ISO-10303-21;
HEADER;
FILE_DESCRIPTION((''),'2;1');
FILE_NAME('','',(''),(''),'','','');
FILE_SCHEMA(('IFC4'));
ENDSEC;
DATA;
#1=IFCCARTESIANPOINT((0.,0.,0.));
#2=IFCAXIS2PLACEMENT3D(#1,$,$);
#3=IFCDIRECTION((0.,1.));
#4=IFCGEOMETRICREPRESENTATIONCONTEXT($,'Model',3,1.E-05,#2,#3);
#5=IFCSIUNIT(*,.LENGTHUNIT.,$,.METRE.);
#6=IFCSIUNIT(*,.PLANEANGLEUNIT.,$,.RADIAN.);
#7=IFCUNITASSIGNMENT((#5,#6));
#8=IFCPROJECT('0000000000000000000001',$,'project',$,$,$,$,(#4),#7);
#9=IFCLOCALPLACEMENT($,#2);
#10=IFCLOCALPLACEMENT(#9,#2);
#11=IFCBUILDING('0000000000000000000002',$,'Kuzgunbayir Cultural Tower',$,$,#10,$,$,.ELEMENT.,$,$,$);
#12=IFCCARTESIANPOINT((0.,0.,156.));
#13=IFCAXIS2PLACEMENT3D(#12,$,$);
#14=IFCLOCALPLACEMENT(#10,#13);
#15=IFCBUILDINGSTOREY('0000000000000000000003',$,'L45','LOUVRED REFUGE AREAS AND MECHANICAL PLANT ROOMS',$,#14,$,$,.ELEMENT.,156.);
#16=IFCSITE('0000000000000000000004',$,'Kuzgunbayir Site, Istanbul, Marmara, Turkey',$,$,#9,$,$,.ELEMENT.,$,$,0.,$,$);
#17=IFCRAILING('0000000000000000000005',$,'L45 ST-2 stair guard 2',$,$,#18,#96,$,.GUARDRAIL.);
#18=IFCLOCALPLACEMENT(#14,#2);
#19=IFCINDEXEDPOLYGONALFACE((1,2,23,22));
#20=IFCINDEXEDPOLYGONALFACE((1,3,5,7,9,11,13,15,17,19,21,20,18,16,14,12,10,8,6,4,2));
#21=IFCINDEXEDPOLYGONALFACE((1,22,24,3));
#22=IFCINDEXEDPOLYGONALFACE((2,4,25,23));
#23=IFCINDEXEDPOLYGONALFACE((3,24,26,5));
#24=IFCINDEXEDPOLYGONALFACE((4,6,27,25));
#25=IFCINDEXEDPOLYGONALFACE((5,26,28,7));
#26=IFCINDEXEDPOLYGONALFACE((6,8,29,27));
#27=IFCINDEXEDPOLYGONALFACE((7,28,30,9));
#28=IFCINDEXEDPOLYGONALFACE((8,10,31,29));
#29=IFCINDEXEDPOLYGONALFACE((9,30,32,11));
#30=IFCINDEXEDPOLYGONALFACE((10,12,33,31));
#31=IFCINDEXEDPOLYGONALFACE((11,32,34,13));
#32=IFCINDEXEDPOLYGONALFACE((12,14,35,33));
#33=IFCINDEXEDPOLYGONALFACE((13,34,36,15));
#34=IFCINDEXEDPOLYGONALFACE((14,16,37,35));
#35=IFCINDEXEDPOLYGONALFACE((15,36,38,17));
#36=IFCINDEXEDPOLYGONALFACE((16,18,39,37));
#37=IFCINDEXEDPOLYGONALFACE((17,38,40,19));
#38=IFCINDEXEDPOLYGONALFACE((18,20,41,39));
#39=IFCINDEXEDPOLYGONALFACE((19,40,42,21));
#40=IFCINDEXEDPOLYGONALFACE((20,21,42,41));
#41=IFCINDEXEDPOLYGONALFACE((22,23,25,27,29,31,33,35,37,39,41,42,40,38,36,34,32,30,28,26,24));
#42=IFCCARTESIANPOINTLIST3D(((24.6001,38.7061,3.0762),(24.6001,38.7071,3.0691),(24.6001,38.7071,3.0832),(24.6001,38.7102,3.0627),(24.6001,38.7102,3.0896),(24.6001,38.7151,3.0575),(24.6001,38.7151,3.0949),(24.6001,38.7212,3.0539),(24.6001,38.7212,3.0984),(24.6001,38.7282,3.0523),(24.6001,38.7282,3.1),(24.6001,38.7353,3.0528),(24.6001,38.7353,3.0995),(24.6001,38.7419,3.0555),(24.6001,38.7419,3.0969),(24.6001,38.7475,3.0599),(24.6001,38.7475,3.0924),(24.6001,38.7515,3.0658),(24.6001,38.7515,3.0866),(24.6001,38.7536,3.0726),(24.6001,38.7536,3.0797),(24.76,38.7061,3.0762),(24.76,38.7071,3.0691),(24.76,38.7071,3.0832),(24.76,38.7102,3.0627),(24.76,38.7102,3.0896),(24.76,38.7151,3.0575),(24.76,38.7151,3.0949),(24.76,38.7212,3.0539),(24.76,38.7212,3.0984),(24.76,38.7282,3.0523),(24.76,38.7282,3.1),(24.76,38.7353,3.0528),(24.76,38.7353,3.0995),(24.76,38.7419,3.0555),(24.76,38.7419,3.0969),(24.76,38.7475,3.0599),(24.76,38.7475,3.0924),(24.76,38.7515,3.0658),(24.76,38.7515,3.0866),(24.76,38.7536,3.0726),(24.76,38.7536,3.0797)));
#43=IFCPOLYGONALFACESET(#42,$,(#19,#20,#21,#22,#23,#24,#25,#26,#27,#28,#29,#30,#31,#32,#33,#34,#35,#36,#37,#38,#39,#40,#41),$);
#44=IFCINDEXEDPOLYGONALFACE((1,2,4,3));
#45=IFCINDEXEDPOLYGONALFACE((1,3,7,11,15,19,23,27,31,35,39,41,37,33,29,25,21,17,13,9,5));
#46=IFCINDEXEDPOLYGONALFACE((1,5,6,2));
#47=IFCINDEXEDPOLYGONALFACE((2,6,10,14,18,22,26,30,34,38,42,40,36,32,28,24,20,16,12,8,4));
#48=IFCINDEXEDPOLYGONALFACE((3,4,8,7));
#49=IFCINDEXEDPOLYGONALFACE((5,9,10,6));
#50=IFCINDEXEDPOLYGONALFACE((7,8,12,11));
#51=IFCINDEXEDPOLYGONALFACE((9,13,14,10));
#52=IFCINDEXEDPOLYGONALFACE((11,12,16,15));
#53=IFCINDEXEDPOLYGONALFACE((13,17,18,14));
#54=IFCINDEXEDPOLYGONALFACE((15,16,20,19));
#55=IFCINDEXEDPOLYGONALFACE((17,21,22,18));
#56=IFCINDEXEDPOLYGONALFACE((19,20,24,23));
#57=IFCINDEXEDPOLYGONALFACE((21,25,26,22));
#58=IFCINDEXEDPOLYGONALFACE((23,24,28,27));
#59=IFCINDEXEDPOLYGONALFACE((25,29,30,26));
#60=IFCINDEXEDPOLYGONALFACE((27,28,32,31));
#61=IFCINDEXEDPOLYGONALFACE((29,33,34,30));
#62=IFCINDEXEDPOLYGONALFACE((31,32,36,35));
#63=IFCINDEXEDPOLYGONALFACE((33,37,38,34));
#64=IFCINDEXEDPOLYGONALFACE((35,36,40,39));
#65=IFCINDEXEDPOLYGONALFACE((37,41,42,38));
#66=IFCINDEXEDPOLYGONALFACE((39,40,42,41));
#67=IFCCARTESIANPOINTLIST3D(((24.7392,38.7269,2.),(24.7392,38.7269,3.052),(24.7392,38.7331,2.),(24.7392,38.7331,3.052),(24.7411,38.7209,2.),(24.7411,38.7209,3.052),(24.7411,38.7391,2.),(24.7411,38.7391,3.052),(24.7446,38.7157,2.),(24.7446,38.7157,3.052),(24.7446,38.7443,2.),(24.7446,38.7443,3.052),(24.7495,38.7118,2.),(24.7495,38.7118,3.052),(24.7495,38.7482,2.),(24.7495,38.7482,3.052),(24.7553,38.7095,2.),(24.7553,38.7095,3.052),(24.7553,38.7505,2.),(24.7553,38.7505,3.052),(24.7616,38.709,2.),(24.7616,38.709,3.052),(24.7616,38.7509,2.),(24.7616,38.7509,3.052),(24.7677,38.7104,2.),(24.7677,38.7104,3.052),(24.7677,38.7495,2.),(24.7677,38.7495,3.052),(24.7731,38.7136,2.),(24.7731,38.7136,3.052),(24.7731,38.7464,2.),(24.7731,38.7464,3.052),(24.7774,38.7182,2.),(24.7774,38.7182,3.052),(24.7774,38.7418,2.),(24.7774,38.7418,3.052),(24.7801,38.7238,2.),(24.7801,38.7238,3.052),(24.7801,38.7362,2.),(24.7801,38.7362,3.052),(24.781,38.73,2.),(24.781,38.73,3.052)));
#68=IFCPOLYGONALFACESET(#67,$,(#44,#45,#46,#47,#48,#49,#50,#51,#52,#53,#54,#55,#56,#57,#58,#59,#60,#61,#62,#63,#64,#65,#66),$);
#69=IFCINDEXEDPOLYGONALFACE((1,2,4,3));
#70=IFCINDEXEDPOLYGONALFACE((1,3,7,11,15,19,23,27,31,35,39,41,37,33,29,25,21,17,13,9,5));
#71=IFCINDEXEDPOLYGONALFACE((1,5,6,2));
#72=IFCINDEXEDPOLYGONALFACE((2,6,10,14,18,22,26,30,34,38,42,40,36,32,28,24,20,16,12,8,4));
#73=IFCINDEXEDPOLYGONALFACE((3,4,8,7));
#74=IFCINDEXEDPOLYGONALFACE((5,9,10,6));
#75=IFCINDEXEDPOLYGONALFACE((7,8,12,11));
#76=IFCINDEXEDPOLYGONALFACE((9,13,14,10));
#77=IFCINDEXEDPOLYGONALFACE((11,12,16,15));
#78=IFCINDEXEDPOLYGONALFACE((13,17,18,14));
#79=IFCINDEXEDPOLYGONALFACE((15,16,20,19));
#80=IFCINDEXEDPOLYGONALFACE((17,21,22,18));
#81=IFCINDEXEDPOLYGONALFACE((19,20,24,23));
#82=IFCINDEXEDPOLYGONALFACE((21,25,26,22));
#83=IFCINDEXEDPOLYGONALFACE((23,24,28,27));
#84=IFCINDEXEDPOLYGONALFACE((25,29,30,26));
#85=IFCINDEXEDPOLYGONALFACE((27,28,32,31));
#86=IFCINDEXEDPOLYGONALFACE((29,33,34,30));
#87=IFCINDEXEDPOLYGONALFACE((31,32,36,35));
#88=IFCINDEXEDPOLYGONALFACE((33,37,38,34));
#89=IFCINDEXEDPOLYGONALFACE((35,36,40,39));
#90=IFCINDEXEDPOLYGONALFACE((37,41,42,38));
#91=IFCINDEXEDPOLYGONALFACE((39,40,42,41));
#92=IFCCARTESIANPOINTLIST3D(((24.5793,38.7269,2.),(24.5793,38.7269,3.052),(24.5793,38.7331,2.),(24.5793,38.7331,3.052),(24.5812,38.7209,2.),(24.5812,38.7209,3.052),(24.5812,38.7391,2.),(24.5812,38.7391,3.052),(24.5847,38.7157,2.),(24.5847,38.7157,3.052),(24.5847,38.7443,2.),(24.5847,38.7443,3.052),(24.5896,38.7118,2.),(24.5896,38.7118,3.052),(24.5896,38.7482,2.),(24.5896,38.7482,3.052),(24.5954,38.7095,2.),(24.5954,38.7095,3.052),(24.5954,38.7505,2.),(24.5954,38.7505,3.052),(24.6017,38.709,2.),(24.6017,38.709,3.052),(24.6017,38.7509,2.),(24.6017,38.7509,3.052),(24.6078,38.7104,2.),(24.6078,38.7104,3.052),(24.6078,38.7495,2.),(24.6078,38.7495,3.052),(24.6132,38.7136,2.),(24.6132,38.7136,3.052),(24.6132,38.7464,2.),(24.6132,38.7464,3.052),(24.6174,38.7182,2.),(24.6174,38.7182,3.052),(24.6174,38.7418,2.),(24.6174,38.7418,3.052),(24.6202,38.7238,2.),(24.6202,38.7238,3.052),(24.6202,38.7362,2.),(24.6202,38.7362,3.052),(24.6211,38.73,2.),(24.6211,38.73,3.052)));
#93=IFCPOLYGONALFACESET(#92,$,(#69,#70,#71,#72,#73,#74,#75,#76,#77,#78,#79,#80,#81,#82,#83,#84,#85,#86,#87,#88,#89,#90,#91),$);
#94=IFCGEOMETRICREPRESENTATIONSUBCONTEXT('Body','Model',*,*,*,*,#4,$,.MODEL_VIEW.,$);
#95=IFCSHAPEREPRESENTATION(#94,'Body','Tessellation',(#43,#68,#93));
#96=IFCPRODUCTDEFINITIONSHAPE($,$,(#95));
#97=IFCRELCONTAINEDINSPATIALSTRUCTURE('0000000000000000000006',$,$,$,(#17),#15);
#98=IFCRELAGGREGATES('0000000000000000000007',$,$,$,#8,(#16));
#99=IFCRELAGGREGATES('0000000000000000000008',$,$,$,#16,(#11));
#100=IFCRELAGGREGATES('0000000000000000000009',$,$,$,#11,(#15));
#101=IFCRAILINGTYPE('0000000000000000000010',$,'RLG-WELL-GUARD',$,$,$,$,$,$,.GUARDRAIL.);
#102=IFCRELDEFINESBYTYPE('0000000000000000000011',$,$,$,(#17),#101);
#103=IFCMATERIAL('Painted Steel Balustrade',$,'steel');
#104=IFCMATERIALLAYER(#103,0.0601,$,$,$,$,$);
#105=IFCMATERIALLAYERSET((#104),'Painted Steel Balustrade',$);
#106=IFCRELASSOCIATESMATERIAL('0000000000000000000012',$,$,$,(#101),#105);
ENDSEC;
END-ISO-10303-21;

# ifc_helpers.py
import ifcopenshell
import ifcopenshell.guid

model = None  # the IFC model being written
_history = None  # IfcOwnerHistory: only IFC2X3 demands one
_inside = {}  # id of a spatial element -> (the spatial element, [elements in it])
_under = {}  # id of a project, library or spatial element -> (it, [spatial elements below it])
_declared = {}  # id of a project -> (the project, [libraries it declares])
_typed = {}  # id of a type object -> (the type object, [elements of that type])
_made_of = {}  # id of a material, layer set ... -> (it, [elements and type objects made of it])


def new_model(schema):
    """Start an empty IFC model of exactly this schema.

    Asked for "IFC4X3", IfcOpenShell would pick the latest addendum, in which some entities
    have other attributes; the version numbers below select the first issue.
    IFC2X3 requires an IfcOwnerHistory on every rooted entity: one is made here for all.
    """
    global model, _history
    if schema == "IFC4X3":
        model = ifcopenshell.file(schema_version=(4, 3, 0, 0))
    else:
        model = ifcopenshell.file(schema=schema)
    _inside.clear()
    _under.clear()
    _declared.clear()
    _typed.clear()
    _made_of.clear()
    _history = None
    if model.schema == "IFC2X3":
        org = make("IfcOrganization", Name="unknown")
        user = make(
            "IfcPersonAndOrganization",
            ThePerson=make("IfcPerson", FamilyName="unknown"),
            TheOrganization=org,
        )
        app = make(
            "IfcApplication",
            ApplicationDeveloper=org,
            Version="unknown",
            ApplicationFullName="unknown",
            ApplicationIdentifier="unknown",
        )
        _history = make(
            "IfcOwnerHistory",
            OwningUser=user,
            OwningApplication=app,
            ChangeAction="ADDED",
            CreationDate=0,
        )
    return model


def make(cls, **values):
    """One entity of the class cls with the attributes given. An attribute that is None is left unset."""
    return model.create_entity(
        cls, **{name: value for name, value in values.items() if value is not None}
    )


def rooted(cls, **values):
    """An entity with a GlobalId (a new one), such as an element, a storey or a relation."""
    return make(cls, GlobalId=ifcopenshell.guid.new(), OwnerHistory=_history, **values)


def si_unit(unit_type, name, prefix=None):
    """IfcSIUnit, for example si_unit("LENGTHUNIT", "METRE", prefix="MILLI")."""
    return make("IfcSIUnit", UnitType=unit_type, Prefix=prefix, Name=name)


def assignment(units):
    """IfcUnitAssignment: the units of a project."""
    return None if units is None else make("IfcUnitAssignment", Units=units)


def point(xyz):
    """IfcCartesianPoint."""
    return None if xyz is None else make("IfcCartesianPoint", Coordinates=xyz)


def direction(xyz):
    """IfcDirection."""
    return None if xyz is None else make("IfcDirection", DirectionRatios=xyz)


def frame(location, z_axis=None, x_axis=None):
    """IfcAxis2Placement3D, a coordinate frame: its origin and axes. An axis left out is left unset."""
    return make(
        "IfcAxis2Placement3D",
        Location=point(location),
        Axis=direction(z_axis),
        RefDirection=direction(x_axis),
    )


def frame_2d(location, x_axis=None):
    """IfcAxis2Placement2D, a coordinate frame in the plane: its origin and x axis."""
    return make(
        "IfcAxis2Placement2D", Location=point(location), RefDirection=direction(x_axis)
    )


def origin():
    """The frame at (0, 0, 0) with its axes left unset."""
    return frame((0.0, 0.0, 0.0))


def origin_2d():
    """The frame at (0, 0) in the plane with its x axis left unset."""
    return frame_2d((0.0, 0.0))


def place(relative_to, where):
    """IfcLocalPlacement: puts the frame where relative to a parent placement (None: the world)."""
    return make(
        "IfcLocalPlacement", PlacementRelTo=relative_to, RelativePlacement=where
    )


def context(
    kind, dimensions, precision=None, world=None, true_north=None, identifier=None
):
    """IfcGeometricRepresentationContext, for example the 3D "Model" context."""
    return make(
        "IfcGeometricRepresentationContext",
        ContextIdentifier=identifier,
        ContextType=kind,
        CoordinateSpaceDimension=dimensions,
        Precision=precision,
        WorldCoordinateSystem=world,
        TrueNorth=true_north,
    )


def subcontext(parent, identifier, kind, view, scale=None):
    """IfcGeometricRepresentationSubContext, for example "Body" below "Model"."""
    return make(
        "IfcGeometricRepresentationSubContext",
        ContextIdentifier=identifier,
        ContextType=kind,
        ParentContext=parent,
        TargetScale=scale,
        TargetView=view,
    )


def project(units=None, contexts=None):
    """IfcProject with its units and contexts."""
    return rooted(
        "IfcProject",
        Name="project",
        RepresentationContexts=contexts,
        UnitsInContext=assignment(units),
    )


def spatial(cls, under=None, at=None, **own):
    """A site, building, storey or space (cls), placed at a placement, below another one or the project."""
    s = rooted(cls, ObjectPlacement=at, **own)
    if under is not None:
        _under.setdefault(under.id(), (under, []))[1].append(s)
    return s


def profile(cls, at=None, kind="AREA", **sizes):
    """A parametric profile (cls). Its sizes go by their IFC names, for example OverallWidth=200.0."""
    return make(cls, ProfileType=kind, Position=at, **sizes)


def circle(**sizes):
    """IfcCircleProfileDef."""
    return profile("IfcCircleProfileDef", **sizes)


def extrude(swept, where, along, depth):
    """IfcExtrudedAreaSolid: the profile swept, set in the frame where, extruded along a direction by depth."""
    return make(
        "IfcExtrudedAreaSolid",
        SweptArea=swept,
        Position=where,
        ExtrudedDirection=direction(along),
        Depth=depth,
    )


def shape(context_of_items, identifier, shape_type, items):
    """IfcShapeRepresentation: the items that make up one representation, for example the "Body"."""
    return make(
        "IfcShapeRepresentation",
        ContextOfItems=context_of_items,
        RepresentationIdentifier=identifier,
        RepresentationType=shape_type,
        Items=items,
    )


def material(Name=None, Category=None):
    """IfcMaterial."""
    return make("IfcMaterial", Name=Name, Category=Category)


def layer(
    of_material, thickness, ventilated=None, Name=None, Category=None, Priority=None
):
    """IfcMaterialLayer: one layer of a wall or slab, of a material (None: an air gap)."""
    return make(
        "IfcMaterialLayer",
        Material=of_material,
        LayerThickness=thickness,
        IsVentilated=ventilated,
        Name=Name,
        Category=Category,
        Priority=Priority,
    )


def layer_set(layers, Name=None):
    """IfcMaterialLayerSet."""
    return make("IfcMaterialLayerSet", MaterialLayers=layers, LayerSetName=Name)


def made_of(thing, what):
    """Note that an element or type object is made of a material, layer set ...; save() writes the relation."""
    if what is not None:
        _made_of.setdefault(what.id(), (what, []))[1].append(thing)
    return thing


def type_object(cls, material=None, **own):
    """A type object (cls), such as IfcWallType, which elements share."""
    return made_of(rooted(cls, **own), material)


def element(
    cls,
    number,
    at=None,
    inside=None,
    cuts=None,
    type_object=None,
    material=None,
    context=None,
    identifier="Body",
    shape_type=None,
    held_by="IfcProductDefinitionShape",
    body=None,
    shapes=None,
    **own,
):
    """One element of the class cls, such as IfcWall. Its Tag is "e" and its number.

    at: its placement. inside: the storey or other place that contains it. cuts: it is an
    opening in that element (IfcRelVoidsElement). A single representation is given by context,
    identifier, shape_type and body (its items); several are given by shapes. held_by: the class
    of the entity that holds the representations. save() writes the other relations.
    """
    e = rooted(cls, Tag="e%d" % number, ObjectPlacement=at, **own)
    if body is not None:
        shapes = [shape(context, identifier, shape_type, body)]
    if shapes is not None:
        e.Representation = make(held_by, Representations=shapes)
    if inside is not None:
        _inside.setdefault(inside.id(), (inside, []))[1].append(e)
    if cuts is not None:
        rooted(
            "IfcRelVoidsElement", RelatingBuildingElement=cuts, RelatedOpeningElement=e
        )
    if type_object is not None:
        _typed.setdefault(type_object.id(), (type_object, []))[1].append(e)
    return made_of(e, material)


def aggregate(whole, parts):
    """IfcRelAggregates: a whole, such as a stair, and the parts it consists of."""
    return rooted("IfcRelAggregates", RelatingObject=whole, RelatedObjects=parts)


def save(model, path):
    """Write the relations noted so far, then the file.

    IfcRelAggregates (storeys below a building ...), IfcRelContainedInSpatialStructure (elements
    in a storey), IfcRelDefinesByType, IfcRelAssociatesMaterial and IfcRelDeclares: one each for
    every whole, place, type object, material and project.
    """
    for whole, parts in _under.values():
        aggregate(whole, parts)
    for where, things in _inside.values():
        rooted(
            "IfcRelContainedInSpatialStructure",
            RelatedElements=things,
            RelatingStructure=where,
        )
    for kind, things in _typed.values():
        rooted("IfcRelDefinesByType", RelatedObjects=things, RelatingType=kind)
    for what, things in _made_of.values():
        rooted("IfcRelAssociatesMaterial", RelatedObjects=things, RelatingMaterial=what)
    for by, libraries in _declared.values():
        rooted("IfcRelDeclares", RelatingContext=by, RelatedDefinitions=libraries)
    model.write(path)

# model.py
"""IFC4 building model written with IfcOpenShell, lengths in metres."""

from ifc_helpers import new_model, si_unit, direction, frame, origin, origin_2d, place, context, subcontext, project, spatial, circle, extrude, material, layer, layer_set, type_object, element, save


model = new_model("IFC4")

# Units and contexts
model_context = context("Model", 3, precision=1e-05, world=origin(), true_north=direction((0.0, 1.0)))
body_context = subcontext(model_context, "Body", "Model", "MODEL_VIEW")
ifc_project = project(units=[si_unit("LENGTHUNIT", "METRE"), si_unit("PLANEANGLEUNIT", "RADIAN")], contexts=[model_context])

# Site, building, storey
site_placement = place(None, origin())
site = spatial("IfcSite", under=ifc_project, at=site_placement, Name="Kuzgunbayir Site, Istanbul, Marmara, Turkey", CompositionType="ELEMENT", RefElevation=0.0)
building_placement = place(site_placement, origin())
building = spatial("IfcBuilding", under=site, at=building_placement, Name="Kuzgunbayir Cultural Tower", CompositionType="ELEMENT")
storey_placement = place(building_placement, frame((0.0, 0.0, 156.0)))
storey = spatial("IfcBuildingStorey", under=building, at=storey_placement, Name="L45", Description="LOUVRED REFUGE AREAS AND MECHANICAL PLANT ROOMS", CompositionType="ELEMENT", Elevation=156.0)

# Railing
ifc_material_1 = material(Name="Painted Steel Balustrade", Category="steel")
ifc_layer_1 = layer(ifc_material_1, 0.0601)
ifc_layer_set_1 = layer_set([ifc_layer_1], Name="Painted Steel Balustrade")
railing_type_1 = type_object("IfcRailingType", Name="RLG-WELL-GUARD", PredefinedType="GUARDRAIL", material=ifc_layer_set_1)
railing_1_placement = place(storey_placement, frame((24.76, 38.73, 2.0)))
element("IfcRailing", 1, at=railing_1_placement, inside=storey, type_object=railing_type_1, Name="L45 ST-2 stair guard 2", PredefinedType="GUARDRAIL", context=body_context, shape_type="SweptSolid", body=[
    extrude(circle(Radius=0.0239, at=origin_2d()), frame((0.0, 0.0, 1.0762), z_axis=(-1.0, 0.0, 0.0), x_axis=(0.0, -1.0, 0.0)), (0.0, 0.0, 1.0), 0.1599),
    extrude(circle(Radius=0.021, at=origin_2d()), origin(), (0.0, 0.0, 1.0), 1.052),
    extrude(circle(Radius=0.021, at=origin_2d()), frame((-0.1599, 0.0, 0.0)), (0.0, 0.0, 1.0), 1.052),
])

save(model, "model.ifc")
